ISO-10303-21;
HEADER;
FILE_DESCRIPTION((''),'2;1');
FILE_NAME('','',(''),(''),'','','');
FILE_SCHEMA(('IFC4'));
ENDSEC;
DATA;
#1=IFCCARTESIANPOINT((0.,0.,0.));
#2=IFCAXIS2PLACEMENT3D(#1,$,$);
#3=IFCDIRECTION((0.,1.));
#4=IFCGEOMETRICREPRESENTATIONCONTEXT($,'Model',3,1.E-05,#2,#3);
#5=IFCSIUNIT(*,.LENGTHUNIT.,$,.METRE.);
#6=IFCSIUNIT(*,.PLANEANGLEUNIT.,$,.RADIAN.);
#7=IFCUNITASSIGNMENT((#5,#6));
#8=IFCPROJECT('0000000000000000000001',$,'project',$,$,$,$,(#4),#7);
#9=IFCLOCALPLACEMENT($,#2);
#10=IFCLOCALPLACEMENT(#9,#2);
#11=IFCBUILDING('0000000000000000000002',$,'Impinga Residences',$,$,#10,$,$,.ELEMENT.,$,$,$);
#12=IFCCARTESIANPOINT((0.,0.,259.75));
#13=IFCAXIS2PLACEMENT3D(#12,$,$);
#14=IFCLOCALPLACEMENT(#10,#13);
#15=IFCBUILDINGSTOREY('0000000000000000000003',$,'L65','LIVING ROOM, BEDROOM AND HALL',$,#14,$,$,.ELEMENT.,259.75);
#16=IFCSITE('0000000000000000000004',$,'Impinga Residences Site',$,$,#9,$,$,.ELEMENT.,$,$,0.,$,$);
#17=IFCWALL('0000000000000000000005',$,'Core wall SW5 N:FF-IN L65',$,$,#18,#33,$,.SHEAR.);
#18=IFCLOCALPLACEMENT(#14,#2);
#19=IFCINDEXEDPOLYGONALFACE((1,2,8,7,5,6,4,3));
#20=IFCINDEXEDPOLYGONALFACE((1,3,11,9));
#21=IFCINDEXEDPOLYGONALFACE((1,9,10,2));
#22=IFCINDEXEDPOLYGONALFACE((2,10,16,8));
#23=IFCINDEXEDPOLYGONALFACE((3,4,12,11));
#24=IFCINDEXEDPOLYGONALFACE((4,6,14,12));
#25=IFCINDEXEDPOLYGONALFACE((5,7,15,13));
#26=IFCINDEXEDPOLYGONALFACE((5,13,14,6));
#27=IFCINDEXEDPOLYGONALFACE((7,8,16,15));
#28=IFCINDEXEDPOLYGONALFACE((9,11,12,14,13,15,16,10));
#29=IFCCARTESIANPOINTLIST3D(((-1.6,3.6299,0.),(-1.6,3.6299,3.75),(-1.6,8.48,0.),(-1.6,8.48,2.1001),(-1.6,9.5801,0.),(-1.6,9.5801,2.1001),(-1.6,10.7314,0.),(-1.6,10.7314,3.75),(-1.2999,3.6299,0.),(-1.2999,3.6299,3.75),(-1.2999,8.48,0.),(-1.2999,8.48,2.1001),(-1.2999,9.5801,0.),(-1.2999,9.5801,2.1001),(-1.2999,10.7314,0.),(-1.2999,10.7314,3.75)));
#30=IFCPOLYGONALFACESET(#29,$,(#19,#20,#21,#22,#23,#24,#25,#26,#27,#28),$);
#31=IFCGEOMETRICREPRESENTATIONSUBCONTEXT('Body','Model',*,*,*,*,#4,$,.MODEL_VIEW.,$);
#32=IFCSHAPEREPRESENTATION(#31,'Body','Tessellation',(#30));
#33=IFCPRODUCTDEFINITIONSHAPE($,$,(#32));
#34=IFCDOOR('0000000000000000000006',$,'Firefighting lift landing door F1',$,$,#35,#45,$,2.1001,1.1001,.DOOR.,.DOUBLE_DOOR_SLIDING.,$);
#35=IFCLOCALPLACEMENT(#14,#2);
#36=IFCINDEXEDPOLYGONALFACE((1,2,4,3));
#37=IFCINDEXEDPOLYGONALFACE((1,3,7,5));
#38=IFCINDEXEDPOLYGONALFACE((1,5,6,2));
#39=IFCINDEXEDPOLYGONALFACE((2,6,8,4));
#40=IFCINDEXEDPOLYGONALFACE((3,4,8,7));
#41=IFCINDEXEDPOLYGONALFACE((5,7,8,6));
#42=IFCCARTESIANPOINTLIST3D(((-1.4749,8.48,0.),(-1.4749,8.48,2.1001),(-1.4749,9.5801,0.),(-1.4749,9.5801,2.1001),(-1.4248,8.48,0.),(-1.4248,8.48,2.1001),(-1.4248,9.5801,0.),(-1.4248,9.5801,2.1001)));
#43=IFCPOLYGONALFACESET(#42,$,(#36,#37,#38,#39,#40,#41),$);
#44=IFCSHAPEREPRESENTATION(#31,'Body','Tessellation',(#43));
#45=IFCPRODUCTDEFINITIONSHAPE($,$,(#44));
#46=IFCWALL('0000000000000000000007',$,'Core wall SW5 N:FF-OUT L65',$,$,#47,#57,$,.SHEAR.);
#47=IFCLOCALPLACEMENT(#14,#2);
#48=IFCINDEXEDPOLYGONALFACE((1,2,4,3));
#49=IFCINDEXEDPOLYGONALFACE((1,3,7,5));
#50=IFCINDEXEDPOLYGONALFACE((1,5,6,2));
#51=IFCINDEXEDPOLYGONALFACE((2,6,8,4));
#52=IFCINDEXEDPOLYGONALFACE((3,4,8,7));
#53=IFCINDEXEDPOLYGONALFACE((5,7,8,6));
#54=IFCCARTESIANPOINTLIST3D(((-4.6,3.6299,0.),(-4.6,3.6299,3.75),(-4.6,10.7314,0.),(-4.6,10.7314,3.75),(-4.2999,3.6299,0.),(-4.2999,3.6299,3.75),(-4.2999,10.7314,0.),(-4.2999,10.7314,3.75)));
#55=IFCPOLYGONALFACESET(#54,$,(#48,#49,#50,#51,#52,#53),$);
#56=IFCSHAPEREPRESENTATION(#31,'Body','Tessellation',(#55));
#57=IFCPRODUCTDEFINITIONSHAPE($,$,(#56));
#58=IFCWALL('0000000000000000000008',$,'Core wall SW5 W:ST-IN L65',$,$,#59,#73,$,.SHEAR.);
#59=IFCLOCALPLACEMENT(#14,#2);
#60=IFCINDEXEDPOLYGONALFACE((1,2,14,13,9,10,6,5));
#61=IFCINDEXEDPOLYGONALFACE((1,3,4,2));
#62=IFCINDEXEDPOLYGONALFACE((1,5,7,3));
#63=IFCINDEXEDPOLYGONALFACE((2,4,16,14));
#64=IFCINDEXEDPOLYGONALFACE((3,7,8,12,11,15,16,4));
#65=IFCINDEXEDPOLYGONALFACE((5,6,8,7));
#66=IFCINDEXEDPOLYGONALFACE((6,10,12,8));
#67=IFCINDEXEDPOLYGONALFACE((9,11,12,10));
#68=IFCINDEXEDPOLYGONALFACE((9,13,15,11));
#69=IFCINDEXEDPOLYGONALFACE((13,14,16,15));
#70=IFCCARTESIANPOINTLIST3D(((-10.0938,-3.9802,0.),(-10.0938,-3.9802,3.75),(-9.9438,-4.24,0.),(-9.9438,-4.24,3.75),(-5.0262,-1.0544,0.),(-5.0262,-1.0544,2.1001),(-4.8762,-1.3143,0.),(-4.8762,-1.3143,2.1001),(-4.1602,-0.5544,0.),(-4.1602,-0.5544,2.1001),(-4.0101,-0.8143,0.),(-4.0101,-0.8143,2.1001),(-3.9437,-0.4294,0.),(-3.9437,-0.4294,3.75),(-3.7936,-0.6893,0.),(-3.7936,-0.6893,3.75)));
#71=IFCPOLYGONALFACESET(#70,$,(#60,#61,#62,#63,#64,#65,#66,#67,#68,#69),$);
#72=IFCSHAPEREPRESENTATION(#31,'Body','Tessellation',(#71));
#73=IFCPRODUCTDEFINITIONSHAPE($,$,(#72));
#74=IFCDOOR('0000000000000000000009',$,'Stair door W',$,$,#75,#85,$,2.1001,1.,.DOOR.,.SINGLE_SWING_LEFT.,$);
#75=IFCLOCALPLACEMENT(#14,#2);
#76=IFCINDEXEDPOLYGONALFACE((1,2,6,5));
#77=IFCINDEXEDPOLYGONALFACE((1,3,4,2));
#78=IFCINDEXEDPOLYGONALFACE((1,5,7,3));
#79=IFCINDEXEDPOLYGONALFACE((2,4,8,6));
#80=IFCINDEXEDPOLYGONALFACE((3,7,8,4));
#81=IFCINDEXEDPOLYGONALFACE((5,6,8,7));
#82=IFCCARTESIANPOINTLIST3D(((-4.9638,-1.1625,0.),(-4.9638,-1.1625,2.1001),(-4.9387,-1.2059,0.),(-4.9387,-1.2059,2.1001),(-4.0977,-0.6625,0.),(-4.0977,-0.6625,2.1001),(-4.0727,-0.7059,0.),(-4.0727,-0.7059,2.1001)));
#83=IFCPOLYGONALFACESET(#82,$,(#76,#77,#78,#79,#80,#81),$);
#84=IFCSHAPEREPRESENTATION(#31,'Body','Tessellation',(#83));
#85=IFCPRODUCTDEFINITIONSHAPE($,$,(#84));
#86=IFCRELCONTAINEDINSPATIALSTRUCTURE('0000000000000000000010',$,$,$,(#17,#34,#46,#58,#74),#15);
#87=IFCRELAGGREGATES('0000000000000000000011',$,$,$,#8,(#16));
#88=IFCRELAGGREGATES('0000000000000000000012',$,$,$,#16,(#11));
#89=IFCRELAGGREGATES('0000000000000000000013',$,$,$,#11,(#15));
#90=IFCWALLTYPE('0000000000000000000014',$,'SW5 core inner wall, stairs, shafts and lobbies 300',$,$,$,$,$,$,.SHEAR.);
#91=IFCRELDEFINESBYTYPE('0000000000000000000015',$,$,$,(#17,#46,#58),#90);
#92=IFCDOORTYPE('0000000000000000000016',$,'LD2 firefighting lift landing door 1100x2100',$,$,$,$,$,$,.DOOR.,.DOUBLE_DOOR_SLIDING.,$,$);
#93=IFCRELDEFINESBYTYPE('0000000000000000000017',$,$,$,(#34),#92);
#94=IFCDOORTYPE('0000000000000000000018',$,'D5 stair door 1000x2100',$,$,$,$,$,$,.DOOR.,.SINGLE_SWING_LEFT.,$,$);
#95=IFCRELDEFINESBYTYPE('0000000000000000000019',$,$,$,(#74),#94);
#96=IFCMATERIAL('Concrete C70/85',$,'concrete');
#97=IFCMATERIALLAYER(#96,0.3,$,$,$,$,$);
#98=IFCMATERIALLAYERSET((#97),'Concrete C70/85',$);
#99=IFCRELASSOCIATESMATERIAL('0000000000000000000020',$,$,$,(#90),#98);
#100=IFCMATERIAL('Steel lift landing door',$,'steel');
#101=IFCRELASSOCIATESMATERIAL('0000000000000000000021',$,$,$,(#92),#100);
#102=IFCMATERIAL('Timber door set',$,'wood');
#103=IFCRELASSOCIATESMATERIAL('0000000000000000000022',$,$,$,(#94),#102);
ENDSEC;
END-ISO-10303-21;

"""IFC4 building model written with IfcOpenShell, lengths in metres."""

from ifc_helpers import new_model, si_unit, direction, frame, frame_2d, origin, place, context, subcontext, project, spatial, rectangle, extrude, material, layer, layer_set, type_object, element, fill, save


model = new_model("IFC4")

# Units and contexts
model_context = context("Model", 3, precision=1e-05, world=origin(), true_north=direction((0.0, 1.0)))
body_context = subcontext(model_context, "Body", "Model", "MODEL_VIEW")
ifc_project = project(units=[si_unit("LENGTHUNIT", "METRE"), si_unit("PLANEANGLEUNIT", "RADIAN")], contexts=[model_context])

# Site, building, storey
site_placement = place(None, origin())
site = spatial("IfcSite", under=ifc_project, at=site_placement, Name="Impinga Residences Site", CompositionType="ELEMENT", RefElevation=0.0)
building_placement = place(site_placement, origin())
building = spatial("IfcBuilding", under=site, at=building_placement, Name="Impinga Residences", CompositionType="ELEMENT")
storey_placement = place(building_placement, frame((0.0, 0.0, 259.75)))
storey = spatial("IfcBuildingStorey", under=building, at=storey_placement, Name="L65", Description="LIVING ROOM, BEDROOM AND HALL", CompositionType="ELEMENT", Elevation=259.75)

# Shared definitions
ifc_material_1 = material(Name="Concrete C70/85", Category="concrete")
ifc_layer_1 = layer(ifc_material_1, 0.3)
ifc_layer_set_1 = layer_set([ifc_layer_1], Name="Concrete C70/85")
wall_type_1 = type_object("IfcWallType", Name="SW5 core inner wall, stairs, shafts and lobbies 300", PredefinedType="SHEAR", material=ifc_layer_set_1)
ifc_material_2 = material(Name="Timber door set", Category="wood")

# Wall, opening, door
wall_1_placement = place(storey_placement, frame((-1.45, 3.6299, 0.0), z_axis=(0.0, 0.0, 1.0), x_axis=(0.0, 1.0, 0.0)))
wall_1 = element("IfcWall", 1, at=wall_1_placement, inside=storey, type_object=wall_type_1, Name="Core wall SW5 N:FF-IN L65", PredefinedType="SHEAR", context=body_context, shape_type="SweptSolid", body=[
    extrude(rectangle(XDim=7.1016, YDim=0.3, at=frame_2d((3.5508, 0.0))), origin(), (0.0, 0.0, 1.0), 3.75),
])
opening_1_placement = place(wall_1_placement, frame((4.8501, 0.0, 0.0)))
opening_1 = element("IfcOpeningElement", 2, at=opening_1_placement, cuts=wall_1, PredefinedType="OPENING", context=body_context, shape_type="SweptSolid", body=[
    extrude(rectangle(XDim=1.1001, YDim=2.1001, at=frame_2d((0.55, 1.05))), frame((0.0, 0.1599, 0.0), z_axis=(0.0, -1.0, 0.0), x_axis=(1.0, 0.0, 0.0)), (0.0, 0.0, 1.0), 0.3201),
])
ifc_material_3 = material(Name="Steel lift landing door", Category="steel")
door_type_1 = type_object("IfcDoorType", Name="LD2 firefighting lift landing door 1100x2100", OperationType="DOUBLE_DOOR_SLIDING", PredefinedType="DOOR", material=ifc_material_3)
door_1_placement = place(opening_1_placement, origin())
door_1 = element("IfcDoor", 3, at=door_1_placement, inside=storey, type_object=door_type_1, Name="Firefighting lift landing door F1", OperationType="DOUBLE_DOOR_SLIDING", OverallHeight=2.1001, OverallWidth=1.1001, PredefinedType="DOOR", context=body_context, shape_type="SweptSolid", body=[
    extrude(rectangle(XDim=1.1001, YDim=2.1001, at=frame_2d((0.55, 1.05))), frame((0.0, 0.0249, 0.0), z_axis=(0.0, -1.0, 0.0), x_axis=(1.0, 0.0, 0.0)), (0.0, 0.0, 1.0), 0.05),
])
fill(opening_1, door_1)

# Wall
wall_2_placement = place(storey_placement, frame((-4.45, 3.6299, 0.0), z_axis=(0.0, 0.0, 1.0), x_axis=(0.0, 1.0, 0.0)))
element("IfcWall", 4, at=wall_2_placement, inside=storey, type_object=wall_type_1, Name="Core wall SW5 N:FF-OUT L65", PredefinedType="SHEAR", context=body_context, shape_type="SweptSolid", body=[
    extrude(rectangle(XDim=7.1016, YDim=0.3, at=frame_2d((3.5508, 0.0))), origin(), (0.0, 0.0, 1.0), 3.75),
])

# Wall, opening, door
wall_3_placement = place(storey_placement, frame((-3.8687, -0.5593, 0.0), z_axis=(0.0, 0.0, 1.0), x_axis=(-0.866026, -0.499999, 0.0)))
wall_3 = element("IfcWall", 5, at=wall_3_placement, inside=storey, type_object=wall_type_1, Name="Core wall SW5 W:ST-IN L65", PredefinedType="SHEAR", context=body_context, shape_type="SweptSolid", body=[
    extrude(rectangle(XDim=7.1016, YDim=0.3, at=frame_2d((3.5508, 0.0))), origin(), (0.0, 0.0, 1.0), 3.75),
])
opening_2_placement = place(wall_3_placement, frame((0.25, 0.0, 0.0)))
opening_2 = element("IfcOpeningElement", 6, at=opening_2_placement, cuts=wall_3, PredefinedType="OPENING", context=body_context, shape_type="SweptSolid", body=[
    extrude(rectangle(XDim=1.0, YDim=2.1001, at=frame_2d((0.5, 1.05))), frame((0.0, 0.1599, 0.0), z_axis=(0.0, -1.0, 0.0), x_axis=(1.0, 0.0, 0.0)), (0.0, 0.0, 1.0), 0.3201),
])
door_type_2 = type_object("IfcDoorType", Name="D5 stair door 1000x2100", OperationType="SINGLE_SWING_LEFT", PredefinedType="DOOR", material=ifc_material_2)
door_2_placement = place(opening_2_placement, origin())
door_2 = element("IfcDoor", 7, at=door_2_placement, inside=storey, type_object=door_type_2, Name="Stair door W", OperationType="SINGLE_SWING_LEFT", OverallHeight=2.1001, OverallWidth=1.0, PredefinedType="DOOR", context=body_context, shape_type="SweptSolid", body=[
    extrude(rectangle(XDim=1.0, YDim=2.1001, at=frame_2d((0.5, 1.05))), frame((0.0, 0.0249, 0.0), z_axis=(0.0, -1.0, 0.0), x_axis=(1.0, 0.0, 0.0)), (0.0, 0.0, 1.0), 0.05),
])
fill(opening_2, door_2)

save(model, "model.ifc")
